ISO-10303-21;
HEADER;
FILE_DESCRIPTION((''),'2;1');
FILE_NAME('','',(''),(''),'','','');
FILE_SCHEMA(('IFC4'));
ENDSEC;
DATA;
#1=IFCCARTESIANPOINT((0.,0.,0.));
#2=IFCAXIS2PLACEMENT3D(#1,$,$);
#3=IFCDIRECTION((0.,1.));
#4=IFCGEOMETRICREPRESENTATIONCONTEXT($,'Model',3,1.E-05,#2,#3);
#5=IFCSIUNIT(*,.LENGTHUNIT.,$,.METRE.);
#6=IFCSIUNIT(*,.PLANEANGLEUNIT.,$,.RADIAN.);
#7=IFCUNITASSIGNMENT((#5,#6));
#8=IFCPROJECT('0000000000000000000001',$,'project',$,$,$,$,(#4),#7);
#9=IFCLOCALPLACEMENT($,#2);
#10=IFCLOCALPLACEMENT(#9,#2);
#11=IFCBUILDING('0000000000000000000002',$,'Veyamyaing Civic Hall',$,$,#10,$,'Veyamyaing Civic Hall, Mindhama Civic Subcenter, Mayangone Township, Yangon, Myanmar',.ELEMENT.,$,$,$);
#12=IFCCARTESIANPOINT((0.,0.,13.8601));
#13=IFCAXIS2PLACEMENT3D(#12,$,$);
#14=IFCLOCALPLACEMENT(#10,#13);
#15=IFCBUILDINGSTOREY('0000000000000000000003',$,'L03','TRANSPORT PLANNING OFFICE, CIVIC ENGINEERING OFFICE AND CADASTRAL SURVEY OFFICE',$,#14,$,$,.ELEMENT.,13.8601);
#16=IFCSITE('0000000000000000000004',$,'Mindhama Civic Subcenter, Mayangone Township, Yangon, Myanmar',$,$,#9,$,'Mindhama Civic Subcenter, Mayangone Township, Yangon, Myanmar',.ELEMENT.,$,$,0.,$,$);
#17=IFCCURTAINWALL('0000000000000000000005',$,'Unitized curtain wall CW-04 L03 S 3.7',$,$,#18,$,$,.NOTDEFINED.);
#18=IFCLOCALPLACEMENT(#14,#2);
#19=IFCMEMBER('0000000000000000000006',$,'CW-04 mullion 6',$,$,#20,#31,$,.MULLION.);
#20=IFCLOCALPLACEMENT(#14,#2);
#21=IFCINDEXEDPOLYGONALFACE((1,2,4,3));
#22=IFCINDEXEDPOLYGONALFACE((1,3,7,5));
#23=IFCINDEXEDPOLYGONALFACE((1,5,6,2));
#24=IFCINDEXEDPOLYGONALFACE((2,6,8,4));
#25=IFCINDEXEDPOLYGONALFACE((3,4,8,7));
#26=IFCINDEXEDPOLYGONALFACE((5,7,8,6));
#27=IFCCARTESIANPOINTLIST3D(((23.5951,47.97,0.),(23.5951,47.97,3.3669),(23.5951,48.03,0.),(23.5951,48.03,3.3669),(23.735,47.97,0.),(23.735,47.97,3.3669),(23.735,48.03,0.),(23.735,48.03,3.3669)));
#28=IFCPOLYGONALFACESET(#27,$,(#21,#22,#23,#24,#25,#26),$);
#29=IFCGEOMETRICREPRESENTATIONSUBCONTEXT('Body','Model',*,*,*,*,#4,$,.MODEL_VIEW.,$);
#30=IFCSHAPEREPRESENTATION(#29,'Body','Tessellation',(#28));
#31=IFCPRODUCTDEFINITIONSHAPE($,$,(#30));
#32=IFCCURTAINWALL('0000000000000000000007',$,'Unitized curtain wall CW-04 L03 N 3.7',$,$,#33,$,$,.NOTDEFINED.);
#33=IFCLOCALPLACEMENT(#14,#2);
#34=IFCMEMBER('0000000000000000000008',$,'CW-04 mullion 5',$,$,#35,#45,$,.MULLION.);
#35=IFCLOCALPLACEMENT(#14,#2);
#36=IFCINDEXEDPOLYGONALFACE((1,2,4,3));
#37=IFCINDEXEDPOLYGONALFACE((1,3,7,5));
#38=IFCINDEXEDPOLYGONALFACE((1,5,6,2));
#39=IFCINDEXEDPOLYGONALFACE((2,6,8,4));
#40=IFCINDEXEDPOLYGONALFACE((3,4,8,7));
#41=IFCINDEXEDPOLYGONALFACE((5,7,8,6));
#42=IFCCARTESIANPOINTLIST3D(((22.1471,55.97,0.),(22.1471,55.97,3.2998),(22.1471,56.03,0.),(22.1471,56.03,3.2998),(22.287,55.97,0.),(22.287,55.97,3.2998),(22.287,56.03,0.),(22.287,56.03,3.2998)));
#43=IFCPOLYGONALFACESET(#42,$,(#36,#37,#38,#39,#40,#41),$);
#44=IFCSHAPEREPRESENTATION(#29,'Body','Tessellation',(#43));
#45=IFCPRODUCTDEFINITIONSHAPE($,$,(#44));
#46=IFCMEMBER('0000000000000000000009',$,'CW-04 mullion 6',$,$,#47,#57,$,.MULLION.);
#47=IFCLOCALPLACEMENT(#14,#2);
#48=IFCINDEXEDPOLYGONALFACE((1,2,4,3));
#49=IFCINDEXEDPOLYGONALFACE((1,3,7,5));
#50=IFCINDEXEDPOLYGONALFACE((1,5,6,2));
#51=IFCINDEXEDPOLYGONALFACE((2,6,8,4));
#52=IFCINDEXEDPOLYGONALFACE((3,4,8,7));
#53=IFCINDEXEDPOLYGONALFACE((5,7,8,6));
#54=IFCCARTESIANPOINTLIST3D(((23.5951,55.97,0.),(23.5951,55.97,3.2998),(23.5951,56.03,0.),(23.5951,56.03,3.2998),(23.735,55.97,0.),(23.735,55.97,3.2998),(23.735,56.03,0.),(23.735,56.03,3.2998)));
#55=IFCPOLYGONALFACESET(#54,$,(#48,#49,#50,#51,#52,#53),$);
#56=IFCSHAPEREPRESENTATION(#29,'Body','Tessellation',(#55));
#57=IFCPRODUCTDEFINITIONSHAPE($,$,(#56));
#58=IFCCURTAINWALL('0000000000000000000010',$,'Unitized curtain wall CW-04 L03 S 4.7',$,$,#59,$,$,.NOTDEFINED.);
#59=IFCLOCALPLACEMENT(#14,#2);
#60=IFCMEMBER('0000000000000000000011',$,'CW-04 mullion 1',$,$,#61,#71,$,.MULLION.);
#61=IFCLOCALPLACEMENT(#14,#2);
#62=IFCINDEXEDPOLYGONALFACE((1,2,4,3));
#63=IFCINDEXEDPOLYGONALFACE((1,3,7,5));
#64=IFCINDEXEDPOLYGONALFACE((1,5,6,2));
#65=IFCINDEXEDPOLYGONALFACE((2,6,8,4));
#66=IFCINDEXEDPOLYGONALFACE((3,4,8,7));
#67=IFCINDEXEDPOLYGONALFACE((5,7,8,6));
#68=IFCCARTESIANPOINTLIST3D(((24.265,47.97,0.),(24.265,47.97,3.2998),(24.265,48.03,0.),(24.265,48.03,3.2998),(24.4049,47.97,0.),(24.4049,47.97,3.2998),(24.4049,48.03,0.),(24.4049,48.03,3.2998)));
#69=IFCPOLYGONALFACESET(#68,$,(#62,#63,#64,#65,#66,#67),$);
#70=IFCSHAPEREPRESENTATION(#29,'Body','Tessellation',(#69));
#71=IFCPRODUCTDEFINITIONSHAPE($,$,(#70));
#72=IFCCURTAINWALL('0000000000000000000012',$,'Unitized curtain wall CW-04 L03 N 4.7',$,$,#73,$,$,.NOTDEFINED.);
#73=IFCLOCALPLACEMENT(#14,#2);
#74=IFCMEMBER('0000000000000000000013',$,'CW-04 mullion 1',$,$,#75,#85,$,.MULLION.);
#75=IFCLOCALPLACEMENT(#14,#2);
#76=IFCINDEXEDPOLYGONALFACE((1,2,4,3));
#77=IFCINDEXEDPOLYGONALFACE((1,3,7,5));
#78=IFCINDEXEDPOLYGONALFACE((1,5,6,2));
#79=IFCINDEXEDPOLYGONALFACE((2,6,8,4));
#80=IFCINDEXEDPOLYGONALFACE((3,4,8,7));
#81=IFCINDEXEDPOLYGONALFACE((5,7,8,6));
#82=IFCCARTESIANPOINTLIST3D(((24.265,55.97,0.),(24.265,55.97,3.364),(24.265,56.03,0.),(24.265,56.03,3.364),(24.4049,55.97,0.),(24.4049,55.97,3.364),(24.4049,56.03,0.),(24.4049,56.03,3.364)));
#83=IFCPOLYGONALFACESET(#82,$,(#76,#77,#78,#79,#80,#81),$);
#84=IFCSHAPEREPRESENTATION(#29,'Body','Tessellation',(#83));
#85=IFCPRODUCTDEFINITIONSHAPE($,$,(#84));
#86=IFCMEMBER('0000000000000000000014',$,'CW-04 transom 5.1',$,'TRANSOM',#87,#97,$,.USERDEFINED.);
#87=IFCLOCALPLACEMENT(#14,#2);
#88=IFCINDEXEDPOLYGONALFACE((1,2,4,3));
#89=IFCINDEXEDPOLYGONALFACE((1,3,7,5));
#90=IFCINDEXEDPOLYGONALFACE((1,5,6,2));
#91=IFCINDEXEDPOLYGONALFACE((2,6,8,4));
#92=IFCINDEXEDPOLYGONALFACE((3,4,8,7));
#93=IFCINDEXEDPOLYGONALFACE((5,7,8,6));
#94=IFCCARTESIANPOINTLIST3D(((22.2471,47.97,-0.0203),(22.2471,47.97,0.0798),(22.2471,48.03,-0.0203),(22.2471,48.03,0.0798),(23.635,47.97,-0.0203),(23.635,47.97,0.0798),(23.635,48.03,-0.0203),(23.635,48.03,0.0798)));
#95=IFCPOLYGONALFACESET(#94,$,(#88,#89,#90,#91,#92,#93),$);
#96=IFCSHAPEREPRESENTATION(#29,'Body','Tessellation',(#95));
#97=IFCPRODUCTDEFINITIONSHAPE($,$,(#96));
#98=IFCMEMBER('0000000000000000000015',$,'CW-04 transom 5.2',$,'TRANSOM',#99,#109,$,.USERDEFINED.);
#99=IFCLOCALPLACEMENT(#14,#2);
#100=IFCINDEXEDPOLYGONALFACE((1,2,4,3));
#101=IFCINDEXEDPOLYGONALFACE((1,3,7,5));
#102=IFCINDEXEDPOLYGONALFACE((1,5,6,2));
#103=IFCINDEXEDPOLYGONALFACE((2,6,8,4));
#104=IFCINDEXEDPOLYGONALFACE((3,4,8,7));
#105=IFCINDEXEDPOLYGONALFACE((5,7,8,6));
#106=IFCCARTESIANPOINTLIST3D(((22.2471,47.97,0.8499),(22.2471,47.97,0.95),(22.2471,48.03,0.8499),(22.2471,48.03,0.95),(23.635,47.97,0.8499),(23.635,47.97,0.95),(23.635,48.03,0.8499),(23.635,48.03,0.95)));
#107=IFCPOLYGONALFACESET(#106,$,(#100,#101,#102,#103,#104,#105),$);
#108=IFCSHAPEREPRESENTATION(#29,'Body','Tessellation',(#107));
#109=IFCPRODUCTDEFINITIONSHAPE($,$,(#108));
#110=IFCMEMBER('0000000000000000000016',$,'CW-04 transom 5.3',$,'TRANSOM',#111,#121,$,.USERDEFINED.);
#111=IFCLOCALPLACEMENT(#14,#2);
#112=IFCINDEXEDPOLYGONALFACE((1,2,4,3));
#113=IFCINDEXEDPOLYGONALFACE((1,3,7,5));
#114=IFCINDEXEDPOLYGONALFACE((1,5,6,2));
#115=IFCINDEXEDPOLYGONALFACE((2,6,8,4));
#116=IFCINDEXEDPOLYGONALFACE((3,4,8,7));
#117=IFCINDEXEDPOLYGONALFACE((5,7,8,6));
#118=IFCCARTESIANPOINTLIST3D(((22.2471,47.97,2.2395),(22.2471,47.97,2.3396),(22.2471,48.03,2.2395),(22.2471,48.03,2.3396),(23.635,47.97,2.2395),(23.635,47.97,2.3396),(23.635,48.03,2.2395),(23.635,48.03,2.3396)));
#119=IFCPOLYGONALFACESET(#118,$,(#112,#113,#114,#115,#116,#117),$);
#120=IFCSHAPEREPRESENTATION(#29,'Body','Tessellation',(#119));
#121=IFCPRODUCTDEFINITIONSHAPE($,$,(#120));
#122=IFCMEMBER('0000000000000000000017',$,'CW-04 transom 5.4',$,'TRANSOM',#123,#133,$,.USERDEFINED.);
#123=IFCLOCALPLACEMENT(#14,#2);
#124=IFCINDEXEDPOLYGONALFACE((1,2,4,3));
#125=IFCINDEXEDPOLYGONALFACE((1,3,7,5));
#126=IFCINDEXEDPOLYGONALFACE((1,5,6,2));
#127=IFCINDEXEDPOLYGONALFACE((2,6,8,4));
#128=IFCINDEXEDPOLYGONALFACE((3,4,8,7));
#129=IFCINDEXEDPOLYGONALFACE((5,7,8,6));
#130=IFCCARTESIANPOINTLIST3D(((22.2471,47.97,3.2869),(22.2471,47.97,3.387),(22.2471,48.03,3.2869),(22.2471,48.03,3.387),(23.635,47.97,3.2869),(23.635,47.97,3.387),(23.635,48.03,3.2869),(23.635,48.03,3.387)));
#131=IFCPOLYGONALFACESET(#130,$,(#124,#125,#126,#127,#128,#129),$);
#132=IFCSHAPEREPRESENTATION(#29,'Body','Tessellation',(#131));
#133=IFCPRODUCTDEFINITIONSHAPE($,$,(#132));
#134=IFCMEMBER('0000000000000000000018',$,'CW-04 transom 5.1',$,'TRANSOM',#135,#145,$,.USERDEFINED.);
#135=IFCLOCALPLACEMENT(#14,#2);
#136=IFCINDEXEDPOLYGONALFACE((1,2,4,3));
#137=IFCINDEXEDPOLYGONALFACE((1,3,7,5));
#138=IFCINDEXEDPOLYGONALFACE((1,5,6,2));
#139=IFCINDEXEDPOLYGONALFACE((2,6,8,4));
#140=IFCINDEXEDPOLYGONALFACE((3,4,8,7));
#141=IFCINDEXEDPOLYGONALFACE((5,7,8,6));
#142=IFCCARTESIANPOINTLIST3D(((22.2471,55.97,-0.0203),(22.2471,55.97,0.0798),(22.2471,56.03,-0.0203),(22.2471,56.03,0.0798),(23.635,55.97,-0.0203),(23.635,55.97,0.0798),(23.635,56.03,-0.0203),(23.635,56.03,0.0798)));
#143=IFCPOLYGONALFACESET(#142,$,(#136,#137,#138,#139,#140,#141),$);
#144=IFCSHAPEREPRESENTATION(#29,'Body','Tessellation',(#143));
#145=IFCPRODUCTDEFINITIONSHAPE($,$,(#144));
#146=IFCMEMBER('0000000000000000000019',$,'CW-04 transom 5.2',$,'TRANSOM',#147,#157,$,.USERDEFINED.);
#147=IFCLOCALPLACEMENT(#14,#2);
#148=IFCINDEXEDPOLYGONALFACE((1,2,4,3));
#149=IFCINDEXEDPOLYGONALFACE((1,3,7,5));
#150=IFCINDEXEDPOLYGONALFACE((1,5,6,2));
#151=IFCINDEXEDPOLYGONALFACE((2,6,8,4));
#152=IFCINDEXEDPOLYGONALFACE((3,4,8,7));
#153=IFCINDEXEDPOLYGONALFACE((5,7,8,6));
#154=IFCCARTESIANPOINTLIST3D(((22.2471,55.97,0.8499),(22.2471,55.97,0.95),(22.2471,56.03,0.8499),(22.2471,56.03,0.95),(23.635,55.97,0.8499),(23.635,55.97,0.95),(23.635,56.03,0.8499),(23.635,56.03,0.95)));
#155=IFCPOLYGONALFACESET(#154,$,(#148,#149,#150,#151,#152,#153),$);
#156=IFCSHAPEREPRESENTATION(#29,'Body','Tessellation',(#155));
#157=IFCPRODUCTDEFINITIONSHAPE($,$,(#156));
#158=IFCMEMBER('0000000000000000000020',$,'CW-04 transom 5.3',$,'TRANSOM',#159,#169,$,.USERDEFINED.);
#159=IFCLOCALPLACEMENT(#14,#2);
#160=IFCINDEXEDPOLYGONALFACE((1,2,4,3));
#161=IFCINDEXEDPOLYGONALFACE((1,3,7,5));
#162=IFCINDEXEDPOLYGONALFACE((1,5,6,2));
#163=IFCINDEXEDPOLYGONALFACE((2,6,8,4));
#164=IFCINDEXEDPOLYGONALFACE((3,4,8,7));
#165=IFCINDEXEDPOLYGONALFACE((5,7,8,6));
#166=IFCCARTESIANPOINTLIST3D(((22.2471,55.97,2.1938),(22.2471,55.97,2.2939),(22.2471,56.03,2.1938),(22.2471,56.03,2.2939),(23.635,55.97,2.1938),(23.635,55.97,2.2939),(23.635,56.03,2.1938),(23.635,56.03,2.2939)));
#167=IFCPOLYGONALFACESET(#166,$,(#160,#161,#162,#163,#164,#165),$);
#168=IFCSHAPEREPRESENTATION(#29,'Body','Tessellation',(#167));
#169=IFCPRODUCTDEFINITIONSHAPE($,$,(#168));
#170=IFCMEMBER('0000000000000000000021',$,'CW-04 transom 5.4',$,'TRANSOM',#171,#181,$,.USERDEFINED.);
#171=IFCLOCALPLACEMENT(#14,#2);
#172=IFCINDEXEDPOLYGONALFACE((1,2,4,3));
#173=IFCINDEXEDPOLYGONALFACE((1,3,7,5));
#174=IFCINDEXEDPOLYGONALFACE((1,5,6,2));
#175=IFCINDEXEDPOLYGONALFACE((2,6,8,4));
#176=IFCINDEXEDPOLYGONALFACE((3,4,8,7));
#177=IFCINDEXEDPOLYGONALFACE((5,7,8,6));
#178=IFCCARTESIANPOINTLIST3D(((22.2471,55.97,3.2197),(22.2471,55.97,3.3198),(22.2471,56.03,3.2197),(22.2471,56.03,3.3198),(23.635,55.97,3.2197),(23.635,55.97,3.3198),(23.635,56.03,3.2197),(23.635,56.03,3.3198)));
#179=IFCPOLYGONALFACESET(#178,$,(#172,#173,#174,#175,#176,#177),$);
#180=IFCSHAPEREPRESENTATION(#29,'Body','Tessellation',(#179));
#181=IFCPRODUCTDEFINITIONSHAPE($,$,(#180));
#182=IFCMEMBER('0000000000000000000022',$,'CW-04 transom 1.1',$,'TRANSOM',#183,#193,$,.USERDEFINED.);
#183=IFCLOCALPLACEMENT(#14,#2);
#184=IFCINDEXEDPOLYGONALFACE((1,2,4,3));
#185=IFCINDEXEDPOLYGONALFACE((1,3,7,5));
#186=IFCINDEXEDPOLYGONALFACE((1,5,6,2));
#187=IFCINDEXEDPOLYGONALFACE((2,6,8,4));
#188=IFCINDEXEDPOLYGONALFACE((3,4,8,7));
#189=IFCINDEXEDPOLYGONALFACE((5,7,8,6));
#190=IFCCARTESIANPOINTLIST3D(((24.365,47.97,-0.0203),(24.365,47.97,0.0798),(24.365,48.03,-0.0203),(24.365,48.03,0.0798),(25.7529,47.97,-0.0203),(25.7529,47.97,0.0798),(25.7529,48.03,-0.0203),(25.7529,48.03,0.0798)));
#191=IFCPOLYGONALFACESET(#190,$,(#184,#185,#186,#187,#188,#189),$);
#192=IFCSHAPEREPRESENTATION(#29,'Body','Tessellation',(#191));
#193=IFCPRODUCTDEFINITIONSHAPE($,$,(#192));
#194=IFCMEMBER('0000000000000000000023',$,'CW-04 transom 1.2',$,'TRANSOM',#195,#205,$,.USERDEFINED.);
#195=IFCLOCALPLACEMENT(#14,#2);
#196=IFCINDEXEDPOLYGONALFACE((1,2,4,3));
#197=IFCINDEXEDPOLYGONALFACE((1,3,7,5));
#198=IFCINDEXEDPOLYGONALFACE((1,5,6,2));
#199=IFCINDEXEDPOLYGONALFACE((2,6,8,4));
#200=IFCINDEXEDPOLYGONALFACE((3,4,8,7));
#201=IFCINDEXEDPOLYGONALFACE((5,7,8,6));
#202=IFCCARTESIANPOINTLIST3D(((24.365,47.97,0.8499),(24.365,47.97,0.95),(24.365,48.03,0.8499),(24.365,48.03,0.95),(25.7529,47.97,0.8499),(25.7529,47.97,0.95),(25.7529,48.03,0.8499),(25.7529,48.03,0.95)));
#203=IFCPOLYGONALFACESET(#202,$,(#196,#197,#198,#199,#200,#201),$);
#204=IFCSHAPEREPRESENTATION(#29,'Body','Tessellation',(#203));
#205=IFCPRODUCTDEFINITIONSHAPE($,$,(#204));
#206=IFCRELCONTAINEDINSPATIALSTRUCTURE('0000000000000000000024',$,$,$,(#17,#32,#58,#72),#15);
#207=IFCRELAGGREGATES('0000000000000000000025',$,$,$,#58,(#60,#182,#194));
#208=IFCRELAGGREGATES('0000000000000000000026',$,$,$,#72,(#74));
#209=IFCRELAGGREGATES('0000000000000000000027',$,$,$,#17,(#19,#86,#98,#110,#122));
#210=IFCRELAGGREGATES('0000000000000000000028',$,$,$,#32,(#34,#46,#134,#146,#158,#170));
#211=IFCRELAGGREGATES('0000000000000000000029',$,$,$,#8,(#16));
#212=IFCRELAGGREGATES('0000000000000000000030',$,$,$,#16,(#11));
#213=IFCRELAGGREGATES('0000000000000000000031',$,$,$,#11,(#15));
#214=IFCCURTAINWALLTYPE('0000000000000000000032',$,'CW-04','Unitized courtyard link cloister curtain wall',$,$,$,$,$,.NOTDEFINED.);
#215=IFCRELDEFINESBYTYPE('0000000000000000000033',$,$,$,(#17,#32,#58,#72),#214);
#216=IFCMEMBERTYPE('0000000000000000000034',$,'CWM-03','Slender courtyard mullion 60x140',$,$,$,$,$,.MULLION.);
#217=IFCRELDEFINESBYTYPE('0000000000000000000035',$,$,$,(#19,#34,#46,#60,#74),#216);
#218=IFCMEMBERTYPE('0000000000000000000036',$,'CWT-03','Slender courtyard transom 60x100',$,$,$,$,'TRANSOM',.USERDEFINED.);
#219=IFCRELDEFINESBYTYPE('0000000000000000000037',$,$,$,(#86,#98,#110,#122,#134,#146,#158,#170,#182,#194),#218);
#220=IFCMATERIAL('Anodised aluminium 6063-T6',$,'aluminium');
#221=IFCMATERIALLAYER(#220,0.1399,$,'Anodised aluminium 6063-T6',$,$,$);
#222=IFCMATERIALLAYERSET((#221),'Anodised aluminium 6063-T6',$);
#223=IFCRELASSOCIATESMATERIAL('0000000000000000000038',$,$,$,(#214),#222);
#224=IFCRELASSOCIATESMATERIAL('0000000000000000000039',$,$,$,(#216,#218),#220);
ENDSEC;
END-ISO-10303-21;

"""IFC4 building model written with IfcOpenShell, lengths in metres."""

from ifc_helpers import new_model, si_unit, direction, frame, origin, origin_2d, place, context, subcontext, project, spatial, rectangle, extrude, material, layer, layer_set, material_profile, profile_set, type_object, element, aggregate, save


model = new_model("IFC4")

# Units and contexts
model_context = context("Model", 3, precision=1e-05, world=origin(), true_north=direction((0.0, 1.0)))
body_context = subcontext(model_context, "Body", "Model", "MODEL_VIEW")
ifc_project = project(units=[si_unit("LENGTHUNIT", "METRE"), si_unit("PLANEANGLEUNIT", "RADIAN")], contexts=[model_context])

# Site, building, storey
site_placement = place(None, origin())
site = spatial("IfcSite", under=ifc_project, at=site_placement, Name="Mindhama Civic Subcenter, Mayangone Township, Yangon, Myanmar", LongName="Mindhama Civic Subcenter, Mayangone Township, Yangon, Myanmar", CompositionType="ELEMENT", RefElevation=0.0)
building_placement = place(site_placement, origin())
building = spatial("IfcBuilding", under=site, at=building_placement, Name="Veyamyaing Civic Hall", LongName="Veyamyaing Civic Hall, Mindhama Civic Subcenter, Mayangone Township, Yangon, Myanmar", CompositionType="ELEMENT")
storey_placement = place(building_placement, frame((0.0, 0.0, 13.8601)))
storey = spatial("IfcBuildingStorey", under=building, at=storey_placement, Name="L03", Description="TRANSPORT PLANNING OFFICE, CIVIC ENGINEERING OFFICE AND CADASTRAL SURVEY OFFICE", CompositionType="ELEMENT", Elevation=13.8601)

# Curtain walls, members
ifc_material_1 = material(Name="Anodised aluminium 6063-T6", Category="aluminium")
ifc_layer_1 = layer(ifc_material_1, 0.1399, Name="Anodised aluminium 6063-T6")
ifc_layer_set_1 = layer_set([ifc_layer_1], Name="Anodised aluminium 6063-T6")
curtain_wall_type = type_object("IfcCurtainWallType", Name="CW-04", Description="Unitized courtyard link cloister curtain wall", PredefinedType="NOTDEFINED", material=ifc_layer_set_1)
curtain_wall_1_placement = place(storey_placement, origin())
curtain_wall_1 = element("IfcCurtainWall", 1, at=curtain_wall_1_placement, inside=storey, type_object=curtain_wall_type, Name="Unitized curtain wall CW-04 L03 S 3.7", PredefinedType="NOTDEFINED")
ifc_material_profile_1 = material_profile(ifc_material_1, rectangle(XDim=0.0601, YDim=0.1399, at=origin_2d()), Name="ALU-MUL-60X140")
ifc_profile_set_1 = profile_set([ifc_material_profile_1], Name="Anodised aluminium 6063-T6")
member_type_1 = type_object("IfcMemberType", Name="CWM-03", Description="Slender courtyard mullion 60x140", PredefinedType="MULLION", material=ifc_profile_set_1)
member_1_placement = place(storey_placement, frame((23.665, 48.0, 0.0), z_axis=(0.0, 0.0, 1.0), x_axis=(0.0, 1.0, 0.0)))
member_1 = element("IfcMember", 2, at=member_1_placement, type_object=member_type_1, Name="CW-04 mullion 6", PredefinedType="MULLION", context=body_context, shape_type="SweptSolid", body=[
    extrude(rectangle(XDim=0.0601, YDim=0.1399, at=origin_2d()), origin(), (0.0, 0.0, 1.0), 3.3669),
])
curtain_wall_2_placement = place(storey_placement, origin())
curtain_wall_2 = element("IfcCurtainWall", 3, at=curtain_wall_2_placement, inside=storey, type_object=curtain_wall_type, Name="Unitized curtain wall CW-04 L03 N 3.7", PredefinedType="NOTDEFINED")
member_2_placement = place(storey_placement, frame((22.217, 56.0, 0.0), z_axis=(0.0, 0.0, 1.0), x_axis=(0.0, 1.0, 0.0)))
member_2 = element("IfcMember", 4, at=member_2_placement, type_object=member_type_1, Name="CW-04 mullion 5", PredefinedType="MULLION", context=body_context, shape_type="SweptSolid", body=[
    extrude(rectangle(XDim=0.0601, YDim=0.1399, at=origin_2d()), origin(), (0.0, 0.0, 1.0), 3.2998),
])
member_3_placement = place(storey_placement, frame((23.665, 56.0, 0.0), z_axis=(0.0, 0.0, 1.0), x_axis=(0.0, 1.0, 0.0)))
member_3 = element("IfcMember", 5, at=member_3_placement, type_object=member_type_1, Name="CW-04 mullion 6", PredefinedType="MULLION", context=body_context, shape_type="SweptSolid", body=[
    extrude(rectangle(XDim=0.0601, YDim=0.1399, at=origin_2d()), origin(), (0.0, 0.0, 1.0), 3.2998),
])

# Curtain walls, members
curtain_wall_3_placement = place(storey_placement, origin())
curtain_wall_3 = element("IfcCurtainWall", 6, at=curtain_wall_3_placement, inside=storey, type_object=curtain_wall_type, Name="Unitized curtain wall CW-04 L03 S 4.7", PredefinedType="NOTDEFINED")
member_4_placement = place(storey_placement, frame((24.335, 48.0, 0.0), z_axis=(0.0, 0.0, 1.0), x_axis=(0.0, 1.0, 0.0)))
member_4 = element("IfcMember", 7, at=member_4_placement, type_object=member_type_1, Name="CW-04 mullion 1", PredefinedType="MULLION", context=body_context, shape_type="SweptSolid", body=[
    extrude(rectangle(XDim=0.0601, YDim=0.1399, at=origin_2d()), origin(), (0.0, 0.0, 1.0), 3.2998),
])
curtain_wall_4_placement = place(storey_placement, origin())
curtain_wall_4 = element("IfcCurtainWall", 8, at=curtain_wall_4_placement, inside=storey, type_object=curtain_wall_type, Name="Unitized curtain wall CW-04 L03 N 4.7", PredefinedType="NOTDEFINED")
member_5_placement = place(storey_placement, frame((24.335, 56.0, 0.0), z_axis=(0.0, 0.0, 1.0), x_axis=(0.0, 1.0, 0.0)))
member_5 = element("IfcMember", 9, at=member_5_placement, type_object=member_type_1, Name="CW-04 mullion 1", PredefinedType="MULLION", context=body_context, shape_type="SweptSolid", body=[
    extrude(rectangle(XDim=0.0601, YDim=0.1399, at=origin_2d()), origin(), (0.0, 0.0, 1.0), 3.364),
])

# Members
ifc_material_profile_2 = material_profile(ifc_material_1, rectangle(XDim=0.0601, YDim=0.1001, at=origin_2d()), Name="ALU-TRN-60X100")
ifc_profile_set_2 = profile_set([ifc_material_profile_2], Name="Anodised aluminium 6063-T6")
member_type_2 = type_object("IfcMemberType", Name="CWT-03", Description="Slender courtyard transom 60x100", ElementType="TRANSOM", PredefinedType="USERDEFINED", material=ifc_profile_set_2)
member_6_placement = place(storey_placement, frame((22.2471, 48.0, 0.0298), z_axis=(1.0, 0.0, 0.0), x_axis=(0.0, 1.0, 0.0)))
member_6 = element("IfcMember", 10, at=member_6_placement, type_object=member_type_2, Name="CW-04 transom 5.1", ObjectType="TRANSOM", PredefinedType="USERDEFINED", context=body_context, shape_type="SweptSolid", body=[
    extrude(rectangle(XDim=0.0601, YDim=0.1001, at=origin_2d()), origin(), (0.0, 0.0, 1.0), 1.3879),
])
member_7_placement = place(storey_placement, frame((22.2471, 48.0, 0.8999), z_axis=(1.0, 0.0, 0.0), x_axis=(0.0, 1.0, 0.0)))
member_7 = element("IfcMember", 11, at=member_7_placement, type_object=member_type_2, Name="CW-04 transom 5.2", ObjectType="TRANSOM", PredefinedType="USERDEFINED", context=body_context, shape_type="SweptSolid", body=[
    extrude(rectangle(XDim=0.0601, YDim=0.1001, at=origin_2d()), origin(), (0.0, 0.0, 1.0), 1.3879),
])
member_8_placement = place(storey_placement, frame((22.2471, 48.0, 2.2896), z_axis=(1.0, 0.0, 0.0), x_axis=(0.0, 1.0, 0.0)))
member_8 = element("IfcMember", 12, at=member_8_placement, type_object=member_type_2, Name="CW-04 transom 5.3", ObjectType="TRANSOM", PredefinedType="USERDEFINED", context=body_context, shape_type="SweptSolid", body=[
    extrude(rectangle(XDim=0.0601, YDim=0.1001, at=origin_2d()), origin(), (0.0, 0.0, 1.0), 1.3879),
])
member_9_placement = place(storey_placement, frame((22.2471, 48.0, 3.3369), z_axis=(1.0, 0.0, 0.0), x_axis=(0.0, 1.0, 0.0)))
member_9 = element("IfcMember", 13, at=member_9_placement, type_object=member_type_2, Name="CW-04 transom 5.4", ObjectType="TRANSOM", PredefinedType="USERDEFINED", context=body_context, shape_type="SweptSolid", body=[
    extrude(rectangle(XDim=0.0601, YDim=0.1001, at=origin_2d()), origin(), (0.0, 0.0, 1.0), 1.3879),
])
member_10_placement = place(storey_placement, frame((22.2471, 56.0, 0.0298), z_axis=(1.0, 0.0, 0.0), x_axis=(0.0, 1.0, 0.0)))
member_10 = element("IfcMember", 14, at=member_10_placement, type_object=member_type_2, Name="CW-04 transom 5.1", ObjectType="TRANSOM", PredefinedType="USERDEFINED", context=body_context, shape_type="SweptSolid", body=[
    extrude(rectangle(XDim=0.0601, YDim=0.1001, at=origin_2d()), origin(), (0.0, 0.0, 1.0), 1.3879),
])
member_11_placement = place(storey_placement, frame((22.2471, 56.0, 0.8999), z_axis=(1.0, 0.0, 0.0), x_axis=(0.0, 1.0, 0.0)))
member_11 = element("IfcMember", 15, at=member_11_placement, type_object=member_type_2, Name="CW-04 transom 5.2", ObjectType="TRANSOM", PredefinedType="USERDEFINED", context=body_context, shape_type="SweptSolid", body=[
    extrude(rectangle(XDim=0.0601, YDim=0.1001, at=origin_2d()), origin(), (0.0, 0.0, 1.0), 1.3879),
])
member_12_placement = place(storey_placement, frame((22.2471, 56.0, 2.2439), z_axis=(1.0, 0.0, 0.0), x_axis=(0.0, 1.0, 0.0)))
member_12 = element("IfcMember", 16, at=member_12_placement, type_object=member_type_2, Name="CW-04 transom 5.3", ObjectType="TRANSOM", PredefinedType="USERDEFINED", context=body_context, shape_type="SweptSolid", body=[
    extrude(rectangle(XDim=0.0601, YDim=0.1001, at=origin_2d()), origin(), (0.0, 0.0, 1.0), 1.3879),
])
member_13_placement = place(storey_placement, frame((22.2471, 56.0, 3.2698), z_axis=(1.0, 0.0, 0.0), x_axis=(0.0, 1.0, 0.0)))
member_13 = element("IfcMember", 17, at=member_13_placement, type_object=member_type_2, Name="CW-04 transom 5.4", ObjectType="TRANSOM", PredefinedType="USERDEFINED", context=body_context, shape_type="SweptSolid", body=[
    extrude(rectangle(XDim=0.0601, YDim=0.1001, at=origin_2d()), origin(), (0.0, 0.0, 1.0), 1.3879),
])
member_14_placement = place(storey_placement, frame((24.365, 48.0, 0.0298), z_axis=(1.0, 0.0, 0.0), x_axis=(0.0, 1.0, 0.0)))
member_14 = element("IfcMember", 18, at=member_14_placement, type_object=member_type_2, Name="CW-04 transom 1.1", ObjectType="TRANSOM", PredefinedType="USERDEFINED", context=body_context, shape_type="SweptSolid", body=[
    extrude(rectangle(XDim=0.0601, YDim=0.1001, at=origin_2d()), origin(), (0.0, 0.0, 1.0), 1.3879),
])
member_15_placement = place(storey_placement, frame((24.365, 48.0, 0.8999), z_axis=(1.0, 0.0, 0.0), x_axis=(0.0, 1.0, 0.0)))
member_15 = element("IfcMember", 19, at=member_15_placement, type_object=member_type_2, Name="CW-04 transom 1.2", ObjectType="TRANSOM", PredefinedType="USERDEFINED", context=body_context, shape_type="SweptSolid", body=[
    extrude(rectangle(XDim=0.0601, YDim=0.1001, at=origin_2d()), origin(), (0.0, 0.0, 1.0), 1.3879),
])
aggregate(curtain_wall_3, [member_4, member_14, member_15])
aggregate(curtain_wall_4, [member_5])

aggregate(curtain_wall_1, [member_1, member_6, member_7, member_8, member_9])
aggregate(curtain_wall_2, [member_2, member_3, member_10, member_11, member_12, member_13])

save(model, "model.ifc")
